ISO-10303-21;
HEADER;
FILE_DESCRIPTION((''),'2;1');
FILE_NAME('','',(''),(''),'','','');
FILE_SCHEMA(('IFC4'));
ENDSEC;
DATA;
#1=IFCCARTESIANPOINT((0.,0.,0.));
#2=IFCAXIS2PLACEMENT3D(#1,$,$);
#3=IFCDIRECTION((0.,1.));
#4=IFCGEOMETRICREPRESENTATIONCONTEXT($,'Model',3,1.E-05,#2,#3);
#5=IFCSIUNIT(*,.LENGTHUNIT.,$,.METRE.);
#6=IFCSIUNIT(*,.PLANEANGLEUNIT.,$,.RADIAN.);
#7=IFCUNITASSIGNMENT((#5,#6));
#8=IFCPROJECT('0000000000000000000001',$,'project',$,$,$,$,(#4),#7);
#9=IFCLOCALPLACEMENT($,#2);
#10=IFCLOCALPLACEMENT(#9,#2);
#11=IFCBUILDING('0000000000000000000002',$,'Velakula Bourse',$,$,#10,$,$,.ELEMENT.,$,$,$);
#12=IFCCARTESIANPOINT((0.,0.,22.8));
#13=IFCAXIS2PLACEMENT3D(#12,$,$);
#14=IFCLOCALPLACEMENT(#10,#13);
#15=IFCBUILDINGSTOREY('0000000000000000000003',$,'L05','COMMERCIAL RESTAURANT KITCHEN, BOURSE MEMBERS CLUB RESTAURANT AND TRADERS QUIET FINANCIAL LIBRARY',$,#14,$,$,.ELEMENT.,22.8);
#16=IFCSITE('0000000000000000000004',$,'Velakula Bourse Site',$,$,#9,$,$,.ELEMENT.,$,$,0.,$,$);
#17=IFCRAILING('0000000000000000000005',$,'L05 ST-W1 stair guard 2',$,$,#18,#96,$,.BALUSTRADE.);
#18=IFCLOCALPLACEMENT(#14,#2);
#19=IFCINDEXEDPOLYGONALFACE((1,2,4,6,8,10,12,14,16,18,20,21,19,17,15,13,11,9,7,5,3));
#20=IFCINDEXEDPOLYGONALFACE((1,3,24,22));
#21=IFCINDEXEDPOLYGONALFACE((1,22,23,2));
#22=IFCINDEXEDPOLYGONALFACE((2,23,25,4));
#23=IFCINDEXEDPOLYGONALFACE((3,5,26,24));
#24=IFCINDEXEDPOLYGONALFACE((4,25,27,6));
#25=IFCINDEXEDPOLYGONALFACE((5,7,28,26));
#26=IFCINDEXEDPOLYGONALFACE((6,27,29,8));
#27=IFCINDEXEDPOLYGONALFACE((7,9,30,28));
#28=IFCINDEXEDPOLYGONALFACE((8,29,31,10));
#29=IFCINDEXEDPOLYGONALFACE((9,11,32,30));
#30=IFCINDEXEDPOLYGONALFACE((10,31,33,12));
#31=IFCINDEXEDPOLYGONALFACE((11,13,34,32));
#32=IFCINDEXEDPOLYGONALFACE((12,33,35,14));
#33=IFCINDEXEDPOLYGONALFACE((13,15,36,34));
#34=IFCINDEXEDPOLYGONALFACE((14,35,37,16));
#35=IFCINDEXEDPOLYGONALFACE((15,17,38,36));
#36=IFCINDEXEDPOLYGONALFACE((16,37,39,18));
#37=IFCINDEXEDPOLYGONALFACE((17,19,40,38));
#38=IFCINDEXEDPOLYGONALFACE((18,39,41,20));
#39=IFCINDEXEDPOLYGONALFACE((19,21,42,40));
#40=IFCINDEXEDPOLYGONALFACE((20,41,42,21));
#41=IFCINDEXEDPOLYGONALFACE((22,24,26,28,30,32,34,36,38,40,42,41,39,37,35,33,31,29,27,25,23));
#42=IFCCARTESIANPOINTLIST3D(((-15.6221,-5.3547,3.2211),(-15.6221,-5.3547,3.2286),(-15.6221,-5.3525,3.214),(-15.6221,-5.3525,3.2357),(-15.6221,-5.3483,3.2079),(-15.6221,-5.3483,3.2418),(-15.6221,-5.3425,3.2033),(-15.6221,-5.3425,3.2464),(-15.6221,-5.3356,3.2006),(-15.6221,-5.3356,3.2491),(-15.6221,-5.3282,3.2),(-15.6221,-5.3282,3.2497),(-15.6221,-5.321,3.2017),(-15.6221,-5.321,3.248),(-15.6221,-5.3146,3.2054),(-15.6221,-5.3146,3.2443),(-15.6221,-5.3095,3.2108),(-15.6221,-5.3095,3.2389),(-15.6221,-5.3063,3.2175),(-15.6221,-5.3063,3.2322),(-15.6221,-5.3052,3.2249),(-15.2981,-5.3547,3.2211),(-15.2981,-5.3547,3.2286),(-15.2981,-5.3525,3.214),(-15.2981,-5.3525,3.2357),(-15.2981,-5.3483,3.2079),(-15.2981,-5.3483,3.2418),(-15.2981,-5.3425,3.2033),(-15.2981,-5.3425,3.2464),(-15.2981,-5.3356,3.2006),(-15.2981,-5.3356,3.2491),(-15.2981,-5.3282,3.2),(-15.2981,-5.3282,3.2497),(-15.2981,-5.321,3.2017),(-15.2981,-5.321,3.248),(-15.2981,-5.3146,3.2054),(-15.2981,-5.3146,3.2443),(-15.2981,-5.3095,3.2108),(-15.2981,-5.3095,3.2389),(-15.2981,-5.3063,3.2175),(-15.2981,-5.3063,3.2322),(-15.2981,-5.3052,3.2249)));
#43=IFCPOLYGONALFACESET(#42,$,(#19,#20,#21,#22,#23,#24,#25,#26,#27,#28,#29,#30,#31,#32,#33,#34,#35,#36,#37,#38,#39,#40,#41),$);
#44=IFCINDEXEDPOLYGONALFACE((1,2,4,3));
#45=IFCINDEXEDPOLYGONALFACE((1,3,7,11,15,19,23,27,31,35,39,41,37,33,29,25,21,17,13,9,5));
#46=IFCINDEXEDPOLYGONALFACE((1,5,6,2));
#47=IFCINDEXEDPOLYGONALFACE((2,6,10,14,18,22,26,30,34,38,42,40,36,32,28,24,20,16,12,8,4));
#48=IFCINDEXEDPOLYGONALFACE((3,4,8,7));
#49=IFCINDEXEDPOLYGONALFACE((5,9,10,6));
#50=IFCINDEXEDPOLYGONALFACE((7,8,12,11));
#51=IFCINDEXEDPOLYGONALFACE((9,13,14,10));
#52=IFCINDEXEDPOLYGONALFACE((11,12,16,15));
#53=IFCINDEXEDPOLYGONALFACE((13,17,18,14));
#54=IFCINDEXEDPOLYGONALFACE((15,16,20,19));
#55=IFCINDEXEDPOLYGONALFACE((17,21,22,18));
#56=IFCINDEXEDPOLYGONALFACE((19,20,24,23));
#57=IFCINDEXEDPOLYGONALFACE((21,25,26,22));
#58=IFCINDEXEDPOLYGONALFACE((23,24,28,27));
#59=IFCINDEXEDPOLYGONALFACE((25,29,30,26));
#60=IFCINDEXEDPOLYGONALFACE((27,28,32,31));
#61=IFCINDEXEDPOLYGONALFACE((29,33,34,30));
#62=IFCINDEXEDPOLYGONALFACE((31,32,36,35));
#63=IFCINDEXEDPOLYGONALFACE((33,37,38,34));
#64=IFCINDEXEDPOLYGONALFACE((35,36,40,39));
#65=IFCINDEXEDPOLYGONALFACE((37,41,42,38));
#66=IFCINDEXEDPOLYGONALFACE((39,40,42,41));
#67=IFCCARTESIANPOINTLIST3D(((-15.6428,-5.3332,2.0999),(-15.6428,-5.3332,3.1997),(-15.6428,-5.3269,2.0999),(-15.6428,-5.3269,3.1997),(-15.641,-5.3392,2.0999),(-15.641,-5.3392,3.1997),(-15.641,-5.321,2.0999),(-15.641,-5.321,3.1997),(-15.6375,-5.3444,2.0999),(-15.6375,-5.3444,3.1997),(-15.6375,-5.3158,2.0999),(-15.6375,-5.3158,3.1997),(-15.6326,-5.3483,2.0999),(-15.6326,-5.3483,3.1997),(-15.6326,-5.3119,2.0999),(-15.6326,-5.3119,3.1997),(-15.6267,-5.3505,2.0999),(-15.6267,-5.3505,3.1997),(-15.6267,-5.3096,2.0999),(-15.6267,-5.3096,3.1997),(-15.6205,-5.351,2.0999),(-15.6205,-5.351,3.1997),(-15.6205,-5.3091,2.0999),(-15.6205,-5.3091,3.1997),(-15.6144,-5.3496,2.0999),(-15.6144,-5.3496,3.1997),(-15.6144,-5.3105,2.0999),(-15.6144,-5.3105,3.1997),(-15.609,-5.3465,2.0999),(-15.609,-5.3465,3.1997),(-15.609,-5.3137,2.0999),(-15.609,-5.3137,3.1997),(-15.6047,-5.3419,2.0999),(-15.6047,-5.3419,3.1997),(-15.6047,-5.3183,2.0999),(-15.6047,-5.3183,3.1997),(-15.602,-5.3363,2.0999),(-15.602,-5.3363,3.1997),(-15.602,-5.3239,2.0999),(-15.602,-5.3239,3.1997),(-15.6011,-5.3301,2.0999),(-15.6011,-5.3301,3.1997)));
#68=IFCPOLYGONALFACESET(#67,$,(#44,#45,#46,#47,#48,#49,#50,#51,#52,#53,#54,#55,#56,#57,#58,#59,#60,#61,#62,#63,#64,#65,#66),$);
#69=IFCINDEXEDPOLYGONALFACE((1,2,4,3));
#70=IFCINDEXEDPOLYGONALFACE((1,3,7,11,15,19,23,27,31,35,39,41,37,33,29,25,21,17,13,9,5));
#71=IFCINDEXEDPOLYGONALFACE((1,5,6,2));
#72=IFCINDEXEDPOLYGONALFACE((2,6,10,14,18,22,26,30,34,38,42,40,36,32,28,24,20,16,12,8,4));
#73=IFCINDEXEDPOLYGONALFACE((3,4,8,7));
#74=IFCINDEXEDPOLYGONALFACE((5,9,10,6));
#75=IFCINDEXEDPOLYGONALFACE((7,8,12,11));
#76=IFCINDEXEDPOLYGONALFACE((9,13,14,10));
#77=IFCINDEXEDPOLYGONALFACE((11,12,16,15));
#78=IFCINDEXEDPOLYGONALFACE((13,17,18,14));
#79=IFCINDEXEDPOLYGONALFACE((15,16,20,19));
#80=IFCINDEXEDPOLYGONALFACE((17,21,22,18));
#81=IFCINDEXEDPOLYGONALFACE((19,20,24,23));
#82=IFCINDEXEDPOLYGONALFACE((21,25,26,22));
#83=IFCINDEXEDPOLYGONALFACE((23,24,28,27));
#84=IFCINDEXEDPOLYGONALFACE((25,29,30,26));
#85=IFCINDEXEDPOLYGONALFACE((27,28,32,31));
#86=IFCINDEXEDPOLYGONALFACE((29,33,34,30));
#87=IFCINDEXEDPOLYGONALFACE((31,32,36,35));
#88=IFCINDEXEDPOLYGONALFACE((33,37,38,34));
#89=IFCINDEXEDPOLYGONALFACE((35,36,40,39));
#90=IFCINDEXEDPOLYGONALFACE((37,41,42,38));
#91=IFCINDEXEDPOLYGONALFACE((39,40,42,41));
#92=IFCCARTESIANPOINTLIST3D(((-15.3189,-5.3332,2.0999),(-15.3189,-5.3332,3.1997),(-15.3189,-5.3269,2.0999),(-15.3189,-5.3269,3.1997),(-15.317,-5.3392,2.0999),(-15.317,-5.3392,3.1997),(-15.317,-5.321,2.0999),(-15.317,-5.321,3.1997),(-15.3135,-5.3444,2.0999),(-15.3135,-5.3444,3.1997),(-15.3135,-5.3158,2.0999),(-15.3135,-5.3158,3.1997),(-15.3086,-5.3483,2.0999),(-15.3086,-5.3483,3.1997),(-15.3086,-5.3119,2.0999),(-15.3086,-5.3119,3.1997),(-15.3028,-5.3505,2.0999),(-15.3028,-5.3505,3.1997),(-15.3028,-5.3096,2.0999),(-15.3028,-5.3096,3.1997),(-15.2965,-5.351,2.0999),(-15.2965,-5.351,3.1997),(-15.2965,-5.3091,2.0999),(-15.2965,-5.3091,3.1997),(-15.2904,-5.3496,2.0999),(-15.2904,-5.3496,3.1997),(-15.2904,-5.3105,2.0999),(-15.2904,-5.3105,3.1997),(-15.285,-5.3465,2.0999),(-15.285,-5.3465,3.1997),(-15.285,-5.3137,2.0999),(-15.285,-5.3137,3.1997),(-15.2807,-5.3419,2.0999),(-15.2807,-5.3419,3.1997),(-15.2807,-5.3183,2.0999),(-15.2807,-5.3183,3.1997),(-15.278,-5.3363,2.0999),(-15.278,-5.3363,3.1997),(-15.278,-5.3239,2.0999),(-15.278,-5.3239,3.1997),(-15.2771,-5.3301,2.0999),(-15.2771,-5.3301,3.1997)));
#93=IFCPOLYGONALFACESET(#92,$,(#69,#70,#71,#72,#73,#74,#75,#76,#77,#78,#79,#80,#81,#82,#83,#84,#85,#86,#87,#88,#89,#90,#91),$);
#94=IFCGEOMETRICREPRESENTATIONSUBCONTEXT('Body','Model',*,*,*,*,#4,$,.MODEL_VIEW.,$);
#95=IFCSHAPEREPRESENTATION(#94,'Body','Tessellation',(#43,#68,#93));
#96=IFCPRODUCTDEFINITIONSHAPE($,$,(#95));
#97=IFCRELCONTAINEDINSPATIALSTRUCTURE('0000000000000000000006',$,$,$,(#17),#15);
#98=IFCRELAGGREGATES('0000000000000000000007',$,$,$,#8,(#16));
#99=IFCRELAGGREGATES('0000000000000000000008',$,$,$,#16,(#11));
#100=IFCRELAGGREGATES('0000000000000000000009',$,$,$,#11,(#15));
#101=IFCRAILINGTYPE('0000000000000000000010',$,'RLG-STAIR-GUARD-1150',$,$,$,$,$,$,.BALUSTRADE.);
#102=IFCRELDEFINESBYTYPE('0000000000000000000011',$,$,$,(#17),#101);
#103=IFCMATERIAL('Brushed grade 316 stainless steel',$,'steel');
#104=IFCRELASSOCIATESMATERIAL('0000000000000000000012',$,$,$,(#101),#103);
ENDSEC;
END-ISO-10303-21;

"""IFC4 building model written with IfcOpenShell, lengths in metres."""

from ifc_helpers import new_model, si_unit, direction, frame, origin, origin_2d, place, context, subcontext, project, spatial, circle, extrude, material, type_object, element, save


model = new_model("IFC4")

# Units and contexts
model_context = context("Model", 3, precision=1e-05, world=origin(), true_north=direction((0.0, 1.0)))
body_context = subcontext(model_context, "Body", "Model", "MODEL_VIEW")
ifc_project = project(units=[si_unit("LENGTHUNIT", "METRE"), si_unit("PLANEANGLEUNIT", "RADIAN")], contexts=[model_context])

# Site, building, storey
site_placement = place(None, origin())
site = spatial("IfcSite", under=ifc_project, at=site_placement, Name="Velakula Bourse Site", CompositionType="ELEMENT", RefElevation=0.0)
building_placement = place(site_placement, origin())
building = spatial("IfcBuilding", under=site, at=building_placement, Name="Velakula Bourse", CompositionType="ELEMENT")
storey_placement = place(building_placement, frame((0.0, 0.0, 22.8)))
storey = spatial("IfcBuildingStorey", under=building, at=storey_placement, Name="L05", Description="COMMERCIAL RESTAURANT KITCHEN, BOURSE MEMBERS CLUB RESTAURANT AND TRADERS QUIET FINANCIAL LIBRARY", CompositionType="ELEMENT", Elevation=22.8)

# Shared definitions
ifc_material_1 = material(Name="Brushed grade 316 stainless steel", Category="steel")

# Railing
railing_type_1 = type_object("IfcRailingType", Name="RLG-STAIR-GUARD-1150", PredefinedType="BALUSTRADE", material=ifc_material_1)
railing_1_placement = place(storey_placement, frame((-15.6221, -5.3301, 2.0999)))
element("IfcRailing", 1, at=railing_1_placement, inside=storey, type_object=railing_type_1, Name="L05 ST-W1 stair guard 2", PredefinedType="BALUSTRADE", context=body_context, shape_type="SweptSolid", body=[
    extrude(circle(Radius=0.0249, at=origin_2d()), frame((0.0, 0.0, 1.125), z_axis=(1.0, 0.0, 0.0), x_axis=(0.0, 1.0, 0.0)), (0.0, 0.0, 1.0), 0.324),
    extrude(circle(Radius=0.021, at=origin_2d()), origin(), (0.0, 0.0, 1.0), 1.0999),
    extrude(circle(Radius=0.021, at=origin_2d()), frame((0.324, 0.0, 0.0)), (0.0, 0.0, 1.0), 1.0999),
])

save(model, "model.ifc")
